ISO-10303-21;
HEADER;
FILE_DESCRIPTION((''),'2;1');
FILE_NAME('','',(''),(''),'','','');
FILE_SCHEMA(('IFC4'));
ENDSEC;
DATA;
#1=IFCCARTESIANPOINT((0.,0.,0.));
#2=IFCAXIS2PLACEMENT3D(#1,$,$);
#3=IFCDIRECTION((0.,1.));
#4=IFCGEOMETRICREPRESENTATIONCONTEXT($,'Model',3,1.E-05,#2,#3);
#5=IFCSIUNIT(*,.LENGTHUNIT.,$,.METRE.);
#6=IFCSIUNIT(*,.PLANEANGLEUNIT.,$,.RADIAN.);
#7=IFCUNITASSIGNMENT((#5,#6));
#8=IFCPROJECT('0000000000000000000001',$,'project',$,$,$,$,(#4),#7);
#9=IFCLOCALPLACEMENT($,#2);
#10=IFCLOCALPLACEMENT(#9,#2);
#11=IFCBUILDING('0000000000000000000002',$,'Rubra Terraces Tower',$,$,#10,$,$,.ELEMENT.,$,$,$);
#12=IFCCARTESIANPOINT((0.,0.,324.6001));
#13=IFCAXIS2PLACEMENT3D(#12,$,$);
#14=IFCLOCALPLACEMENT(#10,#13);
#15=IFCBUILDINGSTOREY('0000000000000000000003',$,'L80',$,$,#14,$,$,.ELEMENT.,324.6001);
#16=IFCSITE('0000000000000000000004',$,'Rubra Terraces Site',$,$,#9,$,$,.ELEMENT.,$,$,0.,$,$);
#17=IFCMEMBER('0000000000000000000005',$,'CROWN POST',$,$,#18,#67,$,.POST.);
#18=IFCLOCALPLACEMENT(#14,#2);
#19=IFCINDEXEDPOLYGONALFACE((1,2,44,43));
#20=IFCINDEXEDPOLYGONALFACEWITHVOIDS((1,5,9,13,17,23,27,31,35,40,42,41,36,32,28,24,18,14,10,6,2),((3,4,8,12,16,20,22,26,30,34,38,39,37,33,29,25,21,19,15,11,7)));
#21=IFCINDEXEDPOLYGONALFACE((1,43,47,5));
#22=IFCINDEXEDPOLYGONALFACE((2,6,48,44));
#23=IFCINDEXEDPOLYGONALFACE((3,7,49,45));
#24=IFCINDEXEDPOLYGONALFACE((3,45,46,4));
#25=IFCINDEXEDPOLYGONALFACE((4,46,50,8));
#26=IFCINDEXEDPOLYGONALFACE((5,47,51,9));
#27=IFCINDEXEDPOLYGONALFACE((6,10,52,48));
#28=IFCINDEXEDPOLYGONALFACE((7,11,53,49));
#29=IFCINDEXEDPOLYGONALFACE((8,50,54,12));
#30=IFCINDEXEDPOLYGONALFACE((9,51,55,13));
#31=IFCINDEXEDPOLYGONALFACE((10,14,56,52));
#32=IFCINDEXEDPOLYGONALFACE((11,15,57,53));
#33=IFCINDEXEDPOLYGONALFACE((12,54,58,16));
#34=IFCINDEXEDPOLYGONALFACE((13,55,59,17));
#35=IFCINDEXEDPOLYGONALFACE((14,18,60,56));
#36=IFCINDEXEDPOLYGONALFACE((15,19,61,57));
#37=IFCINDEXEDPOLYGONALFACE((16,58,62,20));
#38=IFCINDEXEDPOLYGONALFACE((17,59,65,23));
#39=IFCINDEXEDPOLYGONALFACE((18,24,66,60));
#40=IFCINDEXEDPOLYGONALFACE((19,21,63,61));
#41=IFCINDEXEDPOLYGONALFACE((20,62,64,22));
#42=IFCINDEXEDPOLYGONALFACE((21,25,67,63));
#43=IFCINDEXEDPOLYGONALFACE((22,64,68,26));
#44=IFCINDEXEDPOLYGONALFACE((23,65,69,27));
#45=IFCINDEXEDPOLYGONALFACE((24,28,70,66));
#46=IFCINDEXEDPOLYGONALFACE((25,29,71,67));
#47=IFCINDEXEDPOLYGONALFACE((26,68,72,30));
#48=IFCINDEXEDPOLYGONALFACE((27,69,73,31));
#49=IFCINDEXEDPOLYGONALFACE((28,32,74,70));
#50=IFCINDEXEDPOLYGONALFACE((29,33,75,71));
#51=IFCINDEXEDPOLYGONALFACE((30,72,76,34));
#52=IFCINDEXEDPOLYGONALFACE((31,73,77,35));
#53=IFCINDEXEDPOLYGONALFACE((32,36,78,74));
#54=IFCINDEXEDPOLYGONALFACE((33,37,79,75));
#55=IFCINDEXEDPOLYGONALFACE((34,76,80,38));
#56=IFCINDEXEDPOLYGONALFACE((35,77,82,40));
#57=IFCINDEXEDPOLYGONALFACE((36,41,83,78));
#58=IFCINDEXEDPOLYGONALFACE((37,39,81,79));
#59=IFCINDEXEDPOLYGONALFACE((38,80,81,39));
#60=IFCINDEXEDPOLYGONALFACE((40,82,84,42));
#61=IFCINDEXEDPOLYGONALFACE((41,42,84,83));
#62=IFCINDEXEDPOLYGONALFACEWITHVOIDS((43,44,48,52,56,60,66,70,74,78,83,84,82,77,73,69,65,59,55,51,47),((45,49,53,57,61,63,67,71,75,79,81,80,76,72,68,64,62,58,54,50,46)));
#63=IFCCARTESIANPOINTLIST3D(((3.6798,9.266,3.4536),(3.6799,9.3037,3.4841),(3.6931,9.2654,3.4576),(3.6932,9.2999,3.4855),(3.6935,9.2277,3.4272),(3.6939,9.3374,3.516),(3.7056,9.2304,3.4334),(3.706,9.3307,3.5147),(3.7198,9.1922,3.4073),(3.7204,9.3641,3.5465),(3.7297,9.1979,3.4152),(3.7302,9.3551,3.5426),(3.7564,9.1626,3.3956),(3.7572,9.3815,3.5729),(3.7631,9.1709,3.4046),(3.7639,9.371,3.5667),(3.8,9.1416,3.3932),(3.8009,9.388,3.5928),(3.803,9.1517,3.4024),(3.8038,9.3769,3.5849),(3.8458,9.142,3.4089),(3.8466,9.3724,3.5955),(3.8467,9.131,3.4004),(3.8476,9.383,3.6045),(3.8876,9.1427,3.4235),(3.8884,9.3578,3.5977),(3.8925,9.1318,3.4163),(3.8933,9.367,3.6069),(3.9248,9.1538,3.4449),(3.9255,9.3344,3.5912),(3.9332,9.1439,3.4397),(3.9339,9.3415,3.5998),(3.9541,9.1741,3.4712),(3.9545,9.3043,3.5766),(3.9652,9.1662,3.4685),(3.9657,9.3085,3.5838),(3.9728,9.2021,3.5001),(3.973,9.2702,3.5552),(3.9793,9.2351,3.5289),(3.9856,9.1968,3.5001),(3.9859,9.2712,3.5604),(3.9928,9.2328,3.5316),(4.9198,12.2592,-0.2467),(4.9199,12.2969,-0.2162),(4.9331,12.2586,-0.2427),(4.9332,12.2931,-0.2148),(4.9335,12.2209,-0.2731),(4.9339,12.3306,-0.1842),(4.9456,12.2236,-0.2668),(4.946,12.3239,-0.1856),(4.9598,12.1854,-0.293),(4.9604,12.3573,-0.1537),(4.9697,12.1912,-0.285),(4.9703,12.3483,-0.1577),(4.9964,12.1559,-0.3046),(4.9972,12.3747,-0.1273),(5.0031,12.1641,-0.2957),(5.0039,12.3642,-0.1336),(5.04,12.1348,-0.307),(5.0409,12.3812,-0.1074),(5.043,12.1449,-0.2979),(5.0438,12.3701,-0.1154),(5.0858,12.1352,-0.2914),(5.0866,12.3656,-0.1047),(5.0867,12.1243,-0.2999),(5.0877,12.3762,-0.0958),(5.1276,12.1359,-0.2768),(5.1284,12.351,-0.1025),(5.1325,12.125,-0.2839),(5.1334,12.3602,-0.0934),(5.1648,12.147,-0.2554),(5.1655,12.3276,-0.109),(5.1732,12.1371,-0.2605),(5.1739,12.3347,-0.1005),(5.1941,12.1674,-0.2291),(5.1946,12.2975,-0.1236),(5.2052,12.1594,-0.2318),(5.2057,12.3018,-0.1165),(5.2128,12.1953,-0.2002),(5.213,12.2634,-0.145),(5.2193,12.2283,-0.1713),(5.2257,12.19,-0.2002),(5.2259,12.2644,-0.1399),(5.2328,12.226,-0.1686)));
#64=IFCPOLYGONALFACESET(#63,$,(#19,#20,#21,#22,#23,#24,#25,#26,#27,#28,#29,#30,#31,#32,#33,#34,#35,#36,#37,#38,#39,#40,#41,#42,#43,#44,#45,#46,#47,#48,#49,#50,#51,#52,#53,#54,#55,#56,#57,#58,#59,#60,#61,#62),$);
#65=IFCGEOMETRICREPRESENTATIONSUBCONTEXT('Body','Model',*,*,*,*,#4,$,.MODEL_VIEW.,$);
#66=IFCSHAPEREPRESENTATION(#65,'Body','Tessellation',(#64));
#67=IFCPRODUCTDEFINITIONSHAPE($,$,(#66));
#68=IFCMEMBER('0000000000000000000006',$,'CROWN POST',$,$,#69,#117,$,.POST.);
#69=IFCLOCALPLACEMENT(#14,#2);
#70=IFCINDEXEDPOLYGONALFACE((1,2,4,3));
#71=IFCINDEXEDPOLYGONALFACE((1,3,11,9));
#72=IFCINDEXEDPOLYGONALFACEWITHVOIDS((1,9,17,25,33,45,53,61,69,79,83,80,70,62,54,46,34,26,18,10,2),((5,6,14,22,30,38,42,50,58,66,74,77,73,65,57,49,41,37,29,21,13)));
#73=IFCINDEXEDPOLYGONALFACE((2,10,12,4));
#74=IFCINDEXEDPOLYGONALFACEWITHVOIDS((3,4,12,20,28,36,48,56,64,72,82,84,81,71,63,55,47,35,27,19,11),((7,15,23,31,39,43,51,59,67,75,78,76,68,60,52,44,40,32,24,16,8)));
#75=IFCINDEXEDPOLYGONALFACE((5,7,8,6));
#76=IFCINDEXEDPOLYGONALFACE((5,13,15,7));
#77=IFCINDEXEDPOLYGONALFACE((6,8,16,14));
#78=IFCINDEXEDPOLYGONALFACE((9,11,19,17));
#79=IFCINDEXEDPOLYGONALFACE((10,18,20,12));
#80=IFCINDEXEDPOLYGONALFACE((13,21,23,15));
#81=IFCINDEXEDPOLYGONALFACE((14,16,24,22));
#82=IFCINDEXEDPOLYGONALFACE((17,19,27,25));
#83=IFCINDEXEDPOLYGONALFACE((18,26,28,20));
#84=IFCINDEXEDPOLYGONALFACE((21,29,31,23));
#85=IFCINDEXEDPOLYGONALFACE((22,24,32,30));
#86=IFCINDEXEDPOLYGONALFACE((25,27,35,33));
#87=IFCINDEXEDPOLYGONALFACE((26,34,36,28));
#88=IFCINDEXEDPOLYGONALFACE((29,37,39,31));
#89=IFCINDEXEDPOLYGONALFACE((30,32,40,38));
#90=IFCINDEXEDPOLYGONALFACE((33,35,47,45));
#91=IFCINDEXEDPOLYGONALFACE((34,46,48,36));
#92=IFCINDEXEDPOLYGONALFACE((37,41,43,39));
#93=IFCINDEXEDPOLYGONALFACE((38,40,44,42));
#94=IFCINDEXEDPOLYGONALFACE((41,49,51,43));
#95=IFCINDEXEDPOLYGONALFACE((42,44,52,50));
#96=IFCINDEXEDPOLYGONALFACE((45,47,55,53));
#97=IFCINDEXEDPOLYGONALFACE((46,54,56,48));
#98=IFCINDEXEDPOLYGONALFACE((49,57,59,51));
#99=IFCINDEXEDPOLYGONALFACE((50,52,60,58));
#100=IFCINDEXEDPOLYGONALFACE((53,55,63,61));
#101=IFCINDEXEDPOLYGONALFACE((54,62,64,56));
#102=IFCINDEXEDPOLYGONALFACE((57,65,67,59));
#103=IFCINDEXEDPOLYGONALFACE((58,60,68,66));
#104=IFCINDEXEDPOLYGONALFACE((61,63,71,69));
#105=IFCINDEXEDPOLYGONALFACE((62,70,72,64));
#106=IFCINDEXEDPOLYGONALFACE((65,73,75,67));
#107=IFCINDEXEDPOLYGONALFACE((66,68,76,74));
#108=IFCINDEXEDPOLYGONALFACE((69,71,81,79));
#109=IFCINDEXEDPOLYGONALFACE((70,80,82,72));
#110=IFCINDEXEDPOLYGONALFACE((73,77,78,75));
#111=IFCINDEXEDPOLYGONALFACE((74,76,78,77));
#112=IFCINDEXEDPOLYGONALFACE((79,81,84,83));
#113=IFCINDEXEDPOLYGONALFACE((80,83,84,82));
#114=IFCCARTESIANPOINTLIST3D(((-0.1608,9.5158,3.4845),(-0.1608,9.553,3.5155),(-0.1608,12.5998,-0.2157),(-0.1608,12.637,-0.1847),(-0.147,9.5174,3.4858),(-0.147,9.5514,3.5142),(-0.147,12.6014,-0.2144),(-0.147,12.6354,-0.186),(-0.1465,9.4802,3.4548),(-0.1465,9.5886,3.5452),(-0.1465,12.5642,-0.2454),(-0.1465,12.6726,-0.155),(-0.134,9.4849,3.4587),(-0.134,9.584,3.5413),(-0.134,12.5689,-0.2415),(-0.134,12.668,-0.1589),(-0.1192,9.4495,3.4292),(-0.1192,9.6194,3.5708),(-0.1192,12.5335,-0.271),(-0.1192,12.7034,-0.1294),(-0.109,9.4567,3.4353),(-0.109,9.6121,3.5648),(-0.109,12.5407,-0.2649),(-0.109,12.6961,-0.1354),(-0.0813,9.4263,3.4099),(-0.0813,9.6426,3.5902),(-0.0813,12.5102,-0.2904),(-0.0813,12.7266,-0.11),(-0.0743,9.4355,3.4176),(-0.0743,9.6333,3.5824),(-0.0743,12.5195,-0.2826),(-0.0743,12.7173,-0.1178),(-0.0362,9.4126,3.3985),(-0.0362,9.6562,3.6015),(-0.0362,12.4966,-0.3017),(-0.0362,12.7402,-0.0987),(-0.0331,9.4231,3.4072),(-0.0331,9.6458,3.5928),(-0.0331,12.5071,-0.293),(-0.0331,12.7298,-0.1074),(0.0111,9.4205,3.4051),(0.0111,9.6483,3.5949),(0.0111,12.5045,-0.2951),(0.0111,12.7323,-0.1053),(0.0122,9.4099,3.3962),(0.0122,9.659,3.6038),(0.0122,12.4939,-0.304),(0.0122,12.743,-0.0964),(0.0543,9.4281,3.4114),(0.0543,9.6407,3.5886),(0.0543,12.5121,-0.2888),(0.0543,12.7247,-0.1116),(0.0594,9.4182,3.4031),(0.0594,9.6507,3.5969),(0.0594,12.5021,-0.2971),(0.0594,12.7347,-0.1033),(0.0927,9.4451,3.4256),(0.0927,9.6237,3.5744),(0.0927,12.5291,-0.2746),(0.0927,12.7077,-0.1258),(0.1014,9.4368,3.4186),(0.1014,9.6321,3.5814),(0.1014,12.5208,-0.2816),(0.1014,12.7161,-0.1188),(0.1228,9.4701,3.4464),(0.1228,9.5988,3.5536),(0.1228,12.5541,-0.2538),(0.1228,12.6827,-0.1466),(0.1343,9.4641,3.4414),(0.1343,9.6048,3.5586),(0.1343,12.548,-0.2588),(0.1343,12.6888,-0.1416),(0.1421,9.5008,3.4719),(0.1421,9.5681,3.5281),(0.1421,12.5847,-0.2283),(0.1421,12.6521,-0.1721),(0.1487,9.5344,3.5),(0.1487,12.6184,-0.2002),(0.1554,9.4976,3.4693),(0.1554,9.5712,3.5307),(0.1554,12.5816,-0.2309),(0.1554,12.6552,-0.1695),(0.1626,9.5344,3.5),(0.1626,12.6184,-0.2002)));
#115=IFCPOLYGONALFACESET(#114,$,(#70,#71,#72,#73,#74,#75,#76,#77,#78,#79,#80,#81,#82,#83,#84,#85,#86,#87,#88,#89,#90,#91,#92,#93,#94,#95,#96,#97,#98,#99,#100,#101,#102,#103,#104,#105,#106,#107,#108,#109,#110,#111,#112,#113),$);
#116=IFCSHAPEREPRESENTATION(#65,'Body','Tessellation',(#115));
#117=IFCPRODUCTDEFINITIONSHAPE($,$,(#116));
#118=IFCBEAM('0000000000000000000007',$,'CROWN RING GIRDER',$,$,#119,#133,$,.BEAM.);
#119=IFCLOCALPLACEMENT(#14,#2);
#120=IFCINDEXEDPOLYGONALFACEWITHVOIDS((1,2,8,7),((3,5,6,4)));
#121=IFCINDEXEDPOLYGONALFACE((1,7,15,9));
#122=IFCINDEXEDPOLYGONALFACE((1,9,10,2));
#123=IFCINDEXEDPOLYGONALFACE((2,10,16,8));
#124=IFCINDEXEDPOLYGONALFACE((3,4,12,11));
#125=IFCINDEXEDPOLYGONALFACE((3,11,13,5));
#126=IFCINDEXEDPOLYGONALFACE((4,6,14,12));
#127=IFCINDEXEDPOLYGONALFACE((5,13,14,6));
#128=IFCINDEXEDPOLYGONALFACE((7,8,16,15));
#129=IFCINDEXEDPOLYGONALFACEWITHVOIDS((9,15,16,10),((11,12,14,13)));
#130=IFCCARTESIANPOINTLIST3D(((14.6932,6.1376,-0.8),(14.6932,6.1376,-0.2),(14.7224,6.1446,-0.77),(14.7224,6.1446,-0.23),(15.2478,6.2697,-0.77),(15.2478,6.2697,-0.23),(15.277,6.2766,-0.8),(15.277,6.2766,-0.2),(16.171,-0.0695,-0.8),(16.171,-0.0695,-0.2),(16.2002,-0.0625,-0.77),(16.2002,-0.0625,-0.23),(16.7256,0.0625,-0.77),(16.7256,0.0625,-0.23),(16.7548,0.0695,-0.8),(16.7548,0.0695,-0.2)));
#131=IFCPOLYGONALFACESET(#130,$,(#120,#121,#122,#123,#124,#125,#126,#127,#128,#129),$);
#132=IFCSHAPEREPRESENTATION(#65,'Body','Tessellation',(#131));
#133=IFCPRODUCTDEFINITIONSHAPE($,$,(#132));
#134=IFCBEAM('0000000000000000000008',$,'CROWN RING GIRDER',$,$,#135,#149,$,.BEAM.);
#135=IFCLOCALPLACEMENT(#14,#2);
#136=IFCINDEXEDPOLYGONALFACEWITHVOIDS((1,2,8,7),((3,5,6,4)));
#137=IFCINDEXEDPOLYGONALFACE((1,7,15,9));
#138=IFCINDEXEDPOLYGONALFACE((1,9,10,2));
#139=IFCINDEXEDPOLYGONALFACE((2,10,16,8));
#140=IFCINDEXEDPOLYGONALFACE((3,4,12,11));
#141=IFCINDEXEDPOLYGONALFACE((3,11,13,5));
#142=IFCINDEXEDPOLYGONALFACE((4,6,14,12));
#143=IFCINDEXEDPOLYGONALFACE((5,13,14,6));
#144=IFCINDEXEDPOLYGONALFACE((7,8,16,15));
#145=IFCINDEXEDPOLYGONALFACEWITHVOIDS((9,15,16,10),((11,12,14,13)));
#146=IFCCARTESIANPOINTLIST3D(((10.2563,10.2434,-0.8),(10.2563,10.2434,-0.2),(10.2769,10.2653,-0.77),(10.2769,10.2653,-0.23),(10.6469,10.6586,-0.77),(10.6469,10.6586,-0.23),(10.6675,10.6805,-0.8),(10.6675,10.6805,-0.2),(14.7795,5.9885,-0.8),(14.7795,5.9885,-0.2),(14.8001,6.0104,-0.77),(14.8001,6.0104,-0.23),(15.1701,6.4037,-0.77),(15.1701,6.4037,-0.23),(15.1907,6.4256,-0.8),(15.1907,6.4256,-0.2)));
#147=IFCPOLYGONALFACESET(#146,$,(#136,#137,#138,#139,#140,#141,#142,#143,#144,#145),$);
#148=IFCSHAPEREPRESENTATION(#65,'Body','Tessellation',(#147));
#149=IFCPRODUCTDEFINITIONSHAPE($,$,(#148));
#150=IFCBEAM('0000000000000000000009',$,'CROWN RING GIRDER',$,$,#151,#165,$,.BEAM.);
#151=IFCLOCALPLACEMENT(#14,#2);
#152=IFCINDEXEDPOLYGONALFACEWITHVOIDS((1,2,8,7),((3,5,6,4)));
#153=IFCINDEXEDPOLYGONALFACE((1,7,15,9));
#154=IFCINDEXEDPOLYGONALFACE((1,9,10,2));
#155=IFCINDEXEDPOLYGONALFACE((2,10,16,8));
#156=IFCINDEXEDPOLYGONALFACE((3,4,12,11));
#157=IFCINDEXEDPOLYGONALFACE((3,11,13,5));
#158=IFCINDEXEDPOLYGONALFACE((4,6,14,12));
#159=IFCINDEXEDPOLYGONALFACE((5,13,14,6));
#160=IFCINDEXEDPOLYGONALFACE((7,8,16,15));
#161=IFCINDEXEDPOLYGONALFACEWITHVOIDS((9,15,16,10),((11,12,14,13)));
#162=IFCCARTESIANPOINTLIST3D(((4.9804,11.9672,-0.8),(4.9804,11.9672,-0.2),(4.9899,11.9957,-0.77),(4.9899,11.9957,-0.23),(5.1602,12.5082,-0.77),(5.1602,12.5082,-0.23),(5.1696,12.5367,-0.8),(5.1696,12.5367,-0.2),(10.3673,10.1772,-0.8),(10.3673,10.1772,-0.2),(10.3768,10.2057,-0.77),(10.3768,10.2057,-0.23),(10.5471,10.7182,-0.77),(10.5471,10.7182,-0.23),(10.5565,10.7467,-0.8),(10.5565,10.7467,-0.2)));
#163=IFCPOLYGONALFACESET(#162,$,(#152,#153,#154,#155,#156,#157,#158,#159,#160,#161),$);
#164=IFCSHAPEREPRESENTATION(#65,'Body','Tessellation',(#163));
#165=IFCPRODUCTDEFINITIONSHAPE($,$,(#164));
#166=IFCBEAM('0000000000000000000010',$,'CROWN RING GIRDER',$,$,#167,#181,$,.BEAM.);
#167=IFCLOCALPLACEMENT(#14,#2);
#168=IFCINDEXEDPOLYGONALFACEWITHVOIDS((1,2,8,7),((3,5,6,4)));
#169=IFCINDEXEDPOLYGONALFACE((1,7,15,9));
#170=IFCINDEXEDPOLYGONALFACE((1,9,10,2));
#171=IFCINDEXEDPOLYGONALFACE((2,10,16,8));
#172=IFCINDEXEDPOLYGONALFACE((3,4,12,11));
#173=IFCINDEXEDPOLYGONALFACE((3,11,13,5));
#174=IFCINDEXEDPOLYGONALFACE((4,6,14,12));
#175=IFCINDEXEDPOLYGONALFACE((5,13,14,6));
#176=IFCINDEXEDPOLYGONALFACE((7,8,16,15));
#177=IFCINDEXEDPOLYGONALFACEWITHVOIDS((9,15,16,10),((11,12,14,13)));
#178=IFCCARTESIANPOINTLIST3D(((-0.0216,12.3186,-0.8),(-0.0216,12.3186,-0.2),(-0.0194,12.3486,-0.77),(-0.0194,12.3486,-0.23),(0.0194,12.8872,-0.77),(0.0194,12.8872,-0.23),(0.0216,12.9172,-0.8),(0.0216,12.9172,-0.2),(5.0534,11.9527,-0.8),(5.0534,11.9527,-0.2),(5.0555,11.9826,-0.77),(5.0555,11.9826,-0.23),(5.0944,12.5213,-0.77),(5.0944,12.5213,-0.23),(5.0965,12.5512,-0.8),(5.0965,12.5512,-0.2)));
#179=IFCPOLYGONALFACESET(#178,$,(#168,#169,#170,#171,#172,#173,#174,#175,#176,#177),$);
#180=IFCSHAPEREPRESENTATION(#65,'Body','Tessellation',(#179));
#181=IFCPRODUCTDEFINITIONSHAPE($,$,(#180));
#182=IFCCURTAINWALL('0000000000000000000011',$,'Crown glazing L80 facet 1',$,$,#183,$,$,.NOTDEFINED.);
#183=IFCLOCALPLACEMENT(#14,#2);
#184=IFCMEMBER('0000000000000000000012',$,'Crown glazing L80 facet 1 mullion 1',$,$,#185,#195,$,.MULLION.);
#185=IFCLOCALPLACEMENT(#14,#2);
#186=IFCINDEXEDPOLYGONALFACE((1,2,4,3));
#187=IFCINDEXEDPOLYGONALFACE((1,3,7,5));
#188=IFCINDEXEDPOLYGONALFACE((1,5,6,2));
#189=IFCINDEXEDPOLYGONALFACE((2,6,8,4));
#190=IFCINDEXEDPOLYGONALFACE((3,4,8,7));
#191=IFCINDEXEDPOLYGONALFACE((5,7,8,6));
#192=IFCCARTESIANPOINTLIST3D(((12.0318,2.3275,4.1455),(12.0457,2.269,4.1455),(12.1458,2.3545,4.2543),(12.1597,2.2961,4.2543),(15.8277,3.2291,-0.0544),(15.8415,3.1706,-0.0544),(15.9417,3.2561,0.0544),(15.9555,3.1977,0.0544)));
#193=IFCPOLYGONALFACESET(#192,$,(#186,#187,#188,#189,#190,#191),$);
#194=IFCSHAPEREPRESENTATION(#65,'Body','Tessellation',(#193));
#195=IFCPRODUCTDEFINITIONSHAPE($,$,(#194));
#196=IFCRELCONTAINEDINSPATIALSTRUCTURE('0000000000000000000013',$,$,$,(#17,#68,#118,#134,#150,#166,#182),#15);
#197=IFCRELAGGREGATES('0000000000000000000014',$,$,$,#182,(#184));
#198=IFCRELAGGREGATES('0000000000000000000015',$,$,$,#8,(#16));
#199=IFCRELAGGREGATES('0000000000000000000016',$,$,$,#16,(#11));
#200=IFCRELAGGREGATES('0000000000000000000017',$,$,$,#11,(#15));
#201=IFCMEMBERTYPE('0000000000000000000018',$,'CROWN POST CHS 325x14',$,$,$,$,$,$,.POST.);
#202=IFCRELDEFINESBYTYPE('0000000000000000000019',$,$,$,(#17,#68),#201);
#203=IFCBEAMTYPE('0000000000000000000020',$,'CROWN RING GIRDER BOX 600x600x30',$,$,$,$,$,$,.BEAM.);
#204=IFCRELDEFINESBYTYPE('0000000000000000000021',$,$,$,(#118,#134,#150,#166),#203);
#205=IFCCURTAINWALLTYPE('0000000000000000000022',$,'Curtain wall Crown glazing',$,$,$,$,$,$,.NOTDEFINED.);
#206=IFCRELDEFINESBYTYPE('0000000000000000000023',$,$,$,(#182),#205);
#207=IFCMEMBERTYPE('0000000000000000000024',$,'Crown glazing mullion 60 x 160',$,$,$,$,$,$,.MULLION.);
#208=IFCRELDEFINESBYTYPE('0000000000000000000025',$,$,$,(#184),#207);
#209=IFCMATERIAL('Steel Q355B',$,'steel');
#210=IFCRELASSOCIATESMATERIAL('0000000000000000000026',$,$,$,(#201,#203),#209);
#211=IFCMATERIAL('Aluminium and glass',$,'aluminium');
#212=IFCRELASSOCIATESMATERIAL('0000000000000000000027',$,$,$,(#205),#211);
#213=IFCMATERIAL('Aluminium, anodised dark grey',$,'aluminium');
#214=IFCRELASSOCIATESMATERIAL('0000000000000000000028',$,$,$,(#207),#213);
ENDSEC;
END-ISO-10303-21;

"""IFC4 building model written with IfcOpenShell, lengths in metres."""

from ifc_helpers import new_model, si_unit, direction, frame, origin, origin_2d, place, context, subcontext, project, spatial, rectangle, hollow_rectangle, hollow_circle, extrude, material, material_profile, profile_set, type_object, element, aggregate, save


model = new_model("IFC4")

# Units and contexts
model_context = context("Model", 3, precision=1e-05, world=origin(), true_north=direction((0.0, 1.0)))
body_context = subcontext(model_context, "Body", "Model", "MODEL_VIEW")
ifc_project = project(units=[si_unit("LENGTHUNIT", "METRE"), si_unit("PLANEANGLEUNIT", "RADIAN")], contexts=[model_context])

# Site, building, storey
site_placement = place(None, origin())
site = spatial("IfcSite", under=ifc_project, at=site_placement, Name="Rubra Terraces Site", CompositionType="ELEMENT", RefElevation=0.0)
building_placement = place(site_placement, origin())
building = spatial("IfcBuilding", under=site, at=building_placement, Name="Rubra Terraces Tower", CompositionType="ELEMENT")
storey_placement = place(building_placement, frame((0.0, 0.0, 324.6001)))
storey = spatial("IfcBuildingStorey", under=building, at=storey_placement, Name="L80", CompositionType="ELEMENT", Elevation=324.6001)

# Members
ifc_material_1 = material(Name="Steel Q355B", Category="steel")
ifc_material_profile_1 = material_profile(ifc_material_1, hollow_circle(Radius=0.1626, WallThickness=0.0139, at=origin_2d()), Name="CHS 325x14")
ifc_profile_set_1 = profile_set([ifc_material_profile_1], Name="Steel Q355B")
member_type_1 = type_object("IfcMemberType", Name="CROWN POST CHS 325x14", PredefinedType="POST", material=ifc_profile_set_1)
member_1_placement = place(storey_placement, frame((5.0754, 12.2522, -0.2002), z_axis=(-0.252126, -0.608597, 0.752357), x_axis=(0.92386, -0.382731, 0.0)))
element("IfcMember", 1, at=member_1_placement, inside=storey, type_object=member_type_1, Name="CROWN POST", PredefinedType="POST", context=body_context, shape_type="SweptSolid", body=[
    extrude(hollow_circle(Radius=0.1626, WallThickness=0.0139, at=origin_2d()), origin(), (0.0, 0.0, 1.0), 4.9182),
])
member_2_placement = place(storey_placement, frame((0.0, 12.6184, -0.2002), z_axis=(0.0, -0.640244, 0.768171), x_axis=(1.0, 0.0, 0.0)))
element("IfcMember", 2, at=member_2_placement, inside=storey, type_object=member_type_1, Name="CROWN POST", PredefinedType="POST", context=body_context, shape_type="SweptSolid", body=[
    extrude(hollow_circle(Radius=0.1626, WallThickness=0.0139, at=origin_2d()), origin(), (0.0, 0.0, 1.0), 4.8169),
])

# Beams
ifc_material_profile_2 = material_profile(ifc_material_1, hollow_rectangle(XDim=0.6001, YDim=0.6001, WallThickness=0.03, at=origin_2d()), Name="BOX 600x600x30")
ifc_profile_set_2 = profile_set([ifc_material_profile_2], Name="Steel Q355B")
beam_type_1 = type_object("IfcBeamType", Name="CROWN RING GIRDER BOX 600x600x30", PredefinedType="BEAM", material=ifc_profile_set_2)
beam_1_placement = place(storey_placement, frame((16.4629, 0.0, -0.5), z_axis=(-0.231608, 0.972809, 0.0), x_axis=(-0.972809, -0.231608, 0.0)))
element("IfcBeam", 3, at=beam_1_placement, inside=storey, type_object=beam_type_1, Name="CROWN RING GIRDER", PredefinedType="BEAM", context=body_context, shape_type="SweptSolid", body=[
    extrude(hollow_rectangle(XDim=0.6001, YDim=0.6001, WallThickness=0.03, at=origin_2d()), origin(), (0.0, 0.0, 1.0), 6.3806),
])
beam_2_placement = place(storey_placement, frame((14.9851, 6.207, -0.5), z_axis=(-0.72838, 0.685173, 0.0), x_axis=(-0.685173, -0.72838, 0.0)))
element("IfcBeam", 4, at=beam_2_placement, inside=storey, type_object=beam_type_1, Name="CROWN RING GIRDER", PredefinedType="BEAM", context=body_context, shape_type="SweptSolid", body=[
    extrude(hollow_rectangle(XDim=0.6001, YDim=0.6001, WallThickness=0.03, at=origin_2d()), origin(), (0.0, 0.0, 1.0), 6.21),
])
beam_3_placement = place(storey_placement, frame((10.4619, 10.4619, -0.5), z_axis=(-0.94898, 0.315337, 0.0), x_axis=(-0.315337, -0.94898, 0.0)))
element("IfcBeam", 5, at=beam_3_placement, inside=storey, type_object=beam_type_1, Name="CROWN RING GIRDER", PredefinedType="BEAM", context=body_context, shape_type="SweptSolid", body=[
    extrude(hollow_rectangle(XDim=0.6001, YDim=0.6001, WallThickness=0.03, at=origin_2d()), origin(), (0.0, 0.0, 1.0), 5.6765),
])
beam_4_placement = place(storey_placement, frame((5.075, 12.252, -0.5), z_axis=(-0.99741, 0.071926, 0.0), x_axis=(-0.071926, -0.99741, 0.0)))
element("IfcBeam", 6, at=beam_4_placement, inside=storey, type_object=beam_type_1, Name="CROWN RING GIRDER", PredefinedType="BEAM", context=body_context, shape_type="SweptSolid", body=[
    extrude(hollow_rectangle(XDim=0.6001, YDim=0.6001, WallThickness=0.03, at=origin_2d()), origin(), (0.0, 0.0, 1.0), 5.0881),
])

# Curtain wall, member
ifc_material_2 = material(Name="Aluminium and glass", Category="aluminium")
curtain_wall_type = type_object("IfcCurtainWallType", Name="Curtain wall Crown glazing", PredefinedType="NOTDEFINED", material=ifc_material_2)
curtain_wall_1_placement = place(storey_placement, origin())
curtain_wall_1 = element("IfcCurtainWall", 7, at=curtain_wall_1_placement, inside=storey, type_object=curtain_wall_type, Name="Crown glazing L80 facet 1", PredefinedType="NOTDEFINED")
ifc_material_3 = material(Name="Aluminium, anodised dark grey", Category="aluminium")
ifc_material_profile_3 = material_profile(ifc_material_3, rectangle(XDim=0.0601, YDim=0.1599, at=origin_2d()), Name="AL 60x160")
ifc_profile_set_3 = profile_set([ifc_material_profile_3], Name="Aluminium, anodised dark grey")
member_type_2 = type_object("IfcMemberType", Name="Crown glazing mullion 60 x 160", PredefinedType="MULLION", material=ifc_profile_set_3)
member_3_placement = place(storey_placement, frame((15.8916, 3.2134, 0.0), z_axis=(-0.662174, -0.157281, 0.732659), x_axis=(0.231093, -0.972932, 0.0)))
member_3 = element("IfcMember", 8, at=member_3_placement, type_object=member_type_2, Name="Crown glazing L80 facet 1 mullion 1", PredefinedType="MULLION", context=body_context, shape_type="SweptSolid", body=[
    extrude(rectangle(XDim=0.0601, YDim=0.1599, at=origin_2d()), origin(), (0.0, 0.0, 1.0), 5.7324),
])

aggregate(curtain_wall_1, [member_3])

save(model, "model.ifc")
